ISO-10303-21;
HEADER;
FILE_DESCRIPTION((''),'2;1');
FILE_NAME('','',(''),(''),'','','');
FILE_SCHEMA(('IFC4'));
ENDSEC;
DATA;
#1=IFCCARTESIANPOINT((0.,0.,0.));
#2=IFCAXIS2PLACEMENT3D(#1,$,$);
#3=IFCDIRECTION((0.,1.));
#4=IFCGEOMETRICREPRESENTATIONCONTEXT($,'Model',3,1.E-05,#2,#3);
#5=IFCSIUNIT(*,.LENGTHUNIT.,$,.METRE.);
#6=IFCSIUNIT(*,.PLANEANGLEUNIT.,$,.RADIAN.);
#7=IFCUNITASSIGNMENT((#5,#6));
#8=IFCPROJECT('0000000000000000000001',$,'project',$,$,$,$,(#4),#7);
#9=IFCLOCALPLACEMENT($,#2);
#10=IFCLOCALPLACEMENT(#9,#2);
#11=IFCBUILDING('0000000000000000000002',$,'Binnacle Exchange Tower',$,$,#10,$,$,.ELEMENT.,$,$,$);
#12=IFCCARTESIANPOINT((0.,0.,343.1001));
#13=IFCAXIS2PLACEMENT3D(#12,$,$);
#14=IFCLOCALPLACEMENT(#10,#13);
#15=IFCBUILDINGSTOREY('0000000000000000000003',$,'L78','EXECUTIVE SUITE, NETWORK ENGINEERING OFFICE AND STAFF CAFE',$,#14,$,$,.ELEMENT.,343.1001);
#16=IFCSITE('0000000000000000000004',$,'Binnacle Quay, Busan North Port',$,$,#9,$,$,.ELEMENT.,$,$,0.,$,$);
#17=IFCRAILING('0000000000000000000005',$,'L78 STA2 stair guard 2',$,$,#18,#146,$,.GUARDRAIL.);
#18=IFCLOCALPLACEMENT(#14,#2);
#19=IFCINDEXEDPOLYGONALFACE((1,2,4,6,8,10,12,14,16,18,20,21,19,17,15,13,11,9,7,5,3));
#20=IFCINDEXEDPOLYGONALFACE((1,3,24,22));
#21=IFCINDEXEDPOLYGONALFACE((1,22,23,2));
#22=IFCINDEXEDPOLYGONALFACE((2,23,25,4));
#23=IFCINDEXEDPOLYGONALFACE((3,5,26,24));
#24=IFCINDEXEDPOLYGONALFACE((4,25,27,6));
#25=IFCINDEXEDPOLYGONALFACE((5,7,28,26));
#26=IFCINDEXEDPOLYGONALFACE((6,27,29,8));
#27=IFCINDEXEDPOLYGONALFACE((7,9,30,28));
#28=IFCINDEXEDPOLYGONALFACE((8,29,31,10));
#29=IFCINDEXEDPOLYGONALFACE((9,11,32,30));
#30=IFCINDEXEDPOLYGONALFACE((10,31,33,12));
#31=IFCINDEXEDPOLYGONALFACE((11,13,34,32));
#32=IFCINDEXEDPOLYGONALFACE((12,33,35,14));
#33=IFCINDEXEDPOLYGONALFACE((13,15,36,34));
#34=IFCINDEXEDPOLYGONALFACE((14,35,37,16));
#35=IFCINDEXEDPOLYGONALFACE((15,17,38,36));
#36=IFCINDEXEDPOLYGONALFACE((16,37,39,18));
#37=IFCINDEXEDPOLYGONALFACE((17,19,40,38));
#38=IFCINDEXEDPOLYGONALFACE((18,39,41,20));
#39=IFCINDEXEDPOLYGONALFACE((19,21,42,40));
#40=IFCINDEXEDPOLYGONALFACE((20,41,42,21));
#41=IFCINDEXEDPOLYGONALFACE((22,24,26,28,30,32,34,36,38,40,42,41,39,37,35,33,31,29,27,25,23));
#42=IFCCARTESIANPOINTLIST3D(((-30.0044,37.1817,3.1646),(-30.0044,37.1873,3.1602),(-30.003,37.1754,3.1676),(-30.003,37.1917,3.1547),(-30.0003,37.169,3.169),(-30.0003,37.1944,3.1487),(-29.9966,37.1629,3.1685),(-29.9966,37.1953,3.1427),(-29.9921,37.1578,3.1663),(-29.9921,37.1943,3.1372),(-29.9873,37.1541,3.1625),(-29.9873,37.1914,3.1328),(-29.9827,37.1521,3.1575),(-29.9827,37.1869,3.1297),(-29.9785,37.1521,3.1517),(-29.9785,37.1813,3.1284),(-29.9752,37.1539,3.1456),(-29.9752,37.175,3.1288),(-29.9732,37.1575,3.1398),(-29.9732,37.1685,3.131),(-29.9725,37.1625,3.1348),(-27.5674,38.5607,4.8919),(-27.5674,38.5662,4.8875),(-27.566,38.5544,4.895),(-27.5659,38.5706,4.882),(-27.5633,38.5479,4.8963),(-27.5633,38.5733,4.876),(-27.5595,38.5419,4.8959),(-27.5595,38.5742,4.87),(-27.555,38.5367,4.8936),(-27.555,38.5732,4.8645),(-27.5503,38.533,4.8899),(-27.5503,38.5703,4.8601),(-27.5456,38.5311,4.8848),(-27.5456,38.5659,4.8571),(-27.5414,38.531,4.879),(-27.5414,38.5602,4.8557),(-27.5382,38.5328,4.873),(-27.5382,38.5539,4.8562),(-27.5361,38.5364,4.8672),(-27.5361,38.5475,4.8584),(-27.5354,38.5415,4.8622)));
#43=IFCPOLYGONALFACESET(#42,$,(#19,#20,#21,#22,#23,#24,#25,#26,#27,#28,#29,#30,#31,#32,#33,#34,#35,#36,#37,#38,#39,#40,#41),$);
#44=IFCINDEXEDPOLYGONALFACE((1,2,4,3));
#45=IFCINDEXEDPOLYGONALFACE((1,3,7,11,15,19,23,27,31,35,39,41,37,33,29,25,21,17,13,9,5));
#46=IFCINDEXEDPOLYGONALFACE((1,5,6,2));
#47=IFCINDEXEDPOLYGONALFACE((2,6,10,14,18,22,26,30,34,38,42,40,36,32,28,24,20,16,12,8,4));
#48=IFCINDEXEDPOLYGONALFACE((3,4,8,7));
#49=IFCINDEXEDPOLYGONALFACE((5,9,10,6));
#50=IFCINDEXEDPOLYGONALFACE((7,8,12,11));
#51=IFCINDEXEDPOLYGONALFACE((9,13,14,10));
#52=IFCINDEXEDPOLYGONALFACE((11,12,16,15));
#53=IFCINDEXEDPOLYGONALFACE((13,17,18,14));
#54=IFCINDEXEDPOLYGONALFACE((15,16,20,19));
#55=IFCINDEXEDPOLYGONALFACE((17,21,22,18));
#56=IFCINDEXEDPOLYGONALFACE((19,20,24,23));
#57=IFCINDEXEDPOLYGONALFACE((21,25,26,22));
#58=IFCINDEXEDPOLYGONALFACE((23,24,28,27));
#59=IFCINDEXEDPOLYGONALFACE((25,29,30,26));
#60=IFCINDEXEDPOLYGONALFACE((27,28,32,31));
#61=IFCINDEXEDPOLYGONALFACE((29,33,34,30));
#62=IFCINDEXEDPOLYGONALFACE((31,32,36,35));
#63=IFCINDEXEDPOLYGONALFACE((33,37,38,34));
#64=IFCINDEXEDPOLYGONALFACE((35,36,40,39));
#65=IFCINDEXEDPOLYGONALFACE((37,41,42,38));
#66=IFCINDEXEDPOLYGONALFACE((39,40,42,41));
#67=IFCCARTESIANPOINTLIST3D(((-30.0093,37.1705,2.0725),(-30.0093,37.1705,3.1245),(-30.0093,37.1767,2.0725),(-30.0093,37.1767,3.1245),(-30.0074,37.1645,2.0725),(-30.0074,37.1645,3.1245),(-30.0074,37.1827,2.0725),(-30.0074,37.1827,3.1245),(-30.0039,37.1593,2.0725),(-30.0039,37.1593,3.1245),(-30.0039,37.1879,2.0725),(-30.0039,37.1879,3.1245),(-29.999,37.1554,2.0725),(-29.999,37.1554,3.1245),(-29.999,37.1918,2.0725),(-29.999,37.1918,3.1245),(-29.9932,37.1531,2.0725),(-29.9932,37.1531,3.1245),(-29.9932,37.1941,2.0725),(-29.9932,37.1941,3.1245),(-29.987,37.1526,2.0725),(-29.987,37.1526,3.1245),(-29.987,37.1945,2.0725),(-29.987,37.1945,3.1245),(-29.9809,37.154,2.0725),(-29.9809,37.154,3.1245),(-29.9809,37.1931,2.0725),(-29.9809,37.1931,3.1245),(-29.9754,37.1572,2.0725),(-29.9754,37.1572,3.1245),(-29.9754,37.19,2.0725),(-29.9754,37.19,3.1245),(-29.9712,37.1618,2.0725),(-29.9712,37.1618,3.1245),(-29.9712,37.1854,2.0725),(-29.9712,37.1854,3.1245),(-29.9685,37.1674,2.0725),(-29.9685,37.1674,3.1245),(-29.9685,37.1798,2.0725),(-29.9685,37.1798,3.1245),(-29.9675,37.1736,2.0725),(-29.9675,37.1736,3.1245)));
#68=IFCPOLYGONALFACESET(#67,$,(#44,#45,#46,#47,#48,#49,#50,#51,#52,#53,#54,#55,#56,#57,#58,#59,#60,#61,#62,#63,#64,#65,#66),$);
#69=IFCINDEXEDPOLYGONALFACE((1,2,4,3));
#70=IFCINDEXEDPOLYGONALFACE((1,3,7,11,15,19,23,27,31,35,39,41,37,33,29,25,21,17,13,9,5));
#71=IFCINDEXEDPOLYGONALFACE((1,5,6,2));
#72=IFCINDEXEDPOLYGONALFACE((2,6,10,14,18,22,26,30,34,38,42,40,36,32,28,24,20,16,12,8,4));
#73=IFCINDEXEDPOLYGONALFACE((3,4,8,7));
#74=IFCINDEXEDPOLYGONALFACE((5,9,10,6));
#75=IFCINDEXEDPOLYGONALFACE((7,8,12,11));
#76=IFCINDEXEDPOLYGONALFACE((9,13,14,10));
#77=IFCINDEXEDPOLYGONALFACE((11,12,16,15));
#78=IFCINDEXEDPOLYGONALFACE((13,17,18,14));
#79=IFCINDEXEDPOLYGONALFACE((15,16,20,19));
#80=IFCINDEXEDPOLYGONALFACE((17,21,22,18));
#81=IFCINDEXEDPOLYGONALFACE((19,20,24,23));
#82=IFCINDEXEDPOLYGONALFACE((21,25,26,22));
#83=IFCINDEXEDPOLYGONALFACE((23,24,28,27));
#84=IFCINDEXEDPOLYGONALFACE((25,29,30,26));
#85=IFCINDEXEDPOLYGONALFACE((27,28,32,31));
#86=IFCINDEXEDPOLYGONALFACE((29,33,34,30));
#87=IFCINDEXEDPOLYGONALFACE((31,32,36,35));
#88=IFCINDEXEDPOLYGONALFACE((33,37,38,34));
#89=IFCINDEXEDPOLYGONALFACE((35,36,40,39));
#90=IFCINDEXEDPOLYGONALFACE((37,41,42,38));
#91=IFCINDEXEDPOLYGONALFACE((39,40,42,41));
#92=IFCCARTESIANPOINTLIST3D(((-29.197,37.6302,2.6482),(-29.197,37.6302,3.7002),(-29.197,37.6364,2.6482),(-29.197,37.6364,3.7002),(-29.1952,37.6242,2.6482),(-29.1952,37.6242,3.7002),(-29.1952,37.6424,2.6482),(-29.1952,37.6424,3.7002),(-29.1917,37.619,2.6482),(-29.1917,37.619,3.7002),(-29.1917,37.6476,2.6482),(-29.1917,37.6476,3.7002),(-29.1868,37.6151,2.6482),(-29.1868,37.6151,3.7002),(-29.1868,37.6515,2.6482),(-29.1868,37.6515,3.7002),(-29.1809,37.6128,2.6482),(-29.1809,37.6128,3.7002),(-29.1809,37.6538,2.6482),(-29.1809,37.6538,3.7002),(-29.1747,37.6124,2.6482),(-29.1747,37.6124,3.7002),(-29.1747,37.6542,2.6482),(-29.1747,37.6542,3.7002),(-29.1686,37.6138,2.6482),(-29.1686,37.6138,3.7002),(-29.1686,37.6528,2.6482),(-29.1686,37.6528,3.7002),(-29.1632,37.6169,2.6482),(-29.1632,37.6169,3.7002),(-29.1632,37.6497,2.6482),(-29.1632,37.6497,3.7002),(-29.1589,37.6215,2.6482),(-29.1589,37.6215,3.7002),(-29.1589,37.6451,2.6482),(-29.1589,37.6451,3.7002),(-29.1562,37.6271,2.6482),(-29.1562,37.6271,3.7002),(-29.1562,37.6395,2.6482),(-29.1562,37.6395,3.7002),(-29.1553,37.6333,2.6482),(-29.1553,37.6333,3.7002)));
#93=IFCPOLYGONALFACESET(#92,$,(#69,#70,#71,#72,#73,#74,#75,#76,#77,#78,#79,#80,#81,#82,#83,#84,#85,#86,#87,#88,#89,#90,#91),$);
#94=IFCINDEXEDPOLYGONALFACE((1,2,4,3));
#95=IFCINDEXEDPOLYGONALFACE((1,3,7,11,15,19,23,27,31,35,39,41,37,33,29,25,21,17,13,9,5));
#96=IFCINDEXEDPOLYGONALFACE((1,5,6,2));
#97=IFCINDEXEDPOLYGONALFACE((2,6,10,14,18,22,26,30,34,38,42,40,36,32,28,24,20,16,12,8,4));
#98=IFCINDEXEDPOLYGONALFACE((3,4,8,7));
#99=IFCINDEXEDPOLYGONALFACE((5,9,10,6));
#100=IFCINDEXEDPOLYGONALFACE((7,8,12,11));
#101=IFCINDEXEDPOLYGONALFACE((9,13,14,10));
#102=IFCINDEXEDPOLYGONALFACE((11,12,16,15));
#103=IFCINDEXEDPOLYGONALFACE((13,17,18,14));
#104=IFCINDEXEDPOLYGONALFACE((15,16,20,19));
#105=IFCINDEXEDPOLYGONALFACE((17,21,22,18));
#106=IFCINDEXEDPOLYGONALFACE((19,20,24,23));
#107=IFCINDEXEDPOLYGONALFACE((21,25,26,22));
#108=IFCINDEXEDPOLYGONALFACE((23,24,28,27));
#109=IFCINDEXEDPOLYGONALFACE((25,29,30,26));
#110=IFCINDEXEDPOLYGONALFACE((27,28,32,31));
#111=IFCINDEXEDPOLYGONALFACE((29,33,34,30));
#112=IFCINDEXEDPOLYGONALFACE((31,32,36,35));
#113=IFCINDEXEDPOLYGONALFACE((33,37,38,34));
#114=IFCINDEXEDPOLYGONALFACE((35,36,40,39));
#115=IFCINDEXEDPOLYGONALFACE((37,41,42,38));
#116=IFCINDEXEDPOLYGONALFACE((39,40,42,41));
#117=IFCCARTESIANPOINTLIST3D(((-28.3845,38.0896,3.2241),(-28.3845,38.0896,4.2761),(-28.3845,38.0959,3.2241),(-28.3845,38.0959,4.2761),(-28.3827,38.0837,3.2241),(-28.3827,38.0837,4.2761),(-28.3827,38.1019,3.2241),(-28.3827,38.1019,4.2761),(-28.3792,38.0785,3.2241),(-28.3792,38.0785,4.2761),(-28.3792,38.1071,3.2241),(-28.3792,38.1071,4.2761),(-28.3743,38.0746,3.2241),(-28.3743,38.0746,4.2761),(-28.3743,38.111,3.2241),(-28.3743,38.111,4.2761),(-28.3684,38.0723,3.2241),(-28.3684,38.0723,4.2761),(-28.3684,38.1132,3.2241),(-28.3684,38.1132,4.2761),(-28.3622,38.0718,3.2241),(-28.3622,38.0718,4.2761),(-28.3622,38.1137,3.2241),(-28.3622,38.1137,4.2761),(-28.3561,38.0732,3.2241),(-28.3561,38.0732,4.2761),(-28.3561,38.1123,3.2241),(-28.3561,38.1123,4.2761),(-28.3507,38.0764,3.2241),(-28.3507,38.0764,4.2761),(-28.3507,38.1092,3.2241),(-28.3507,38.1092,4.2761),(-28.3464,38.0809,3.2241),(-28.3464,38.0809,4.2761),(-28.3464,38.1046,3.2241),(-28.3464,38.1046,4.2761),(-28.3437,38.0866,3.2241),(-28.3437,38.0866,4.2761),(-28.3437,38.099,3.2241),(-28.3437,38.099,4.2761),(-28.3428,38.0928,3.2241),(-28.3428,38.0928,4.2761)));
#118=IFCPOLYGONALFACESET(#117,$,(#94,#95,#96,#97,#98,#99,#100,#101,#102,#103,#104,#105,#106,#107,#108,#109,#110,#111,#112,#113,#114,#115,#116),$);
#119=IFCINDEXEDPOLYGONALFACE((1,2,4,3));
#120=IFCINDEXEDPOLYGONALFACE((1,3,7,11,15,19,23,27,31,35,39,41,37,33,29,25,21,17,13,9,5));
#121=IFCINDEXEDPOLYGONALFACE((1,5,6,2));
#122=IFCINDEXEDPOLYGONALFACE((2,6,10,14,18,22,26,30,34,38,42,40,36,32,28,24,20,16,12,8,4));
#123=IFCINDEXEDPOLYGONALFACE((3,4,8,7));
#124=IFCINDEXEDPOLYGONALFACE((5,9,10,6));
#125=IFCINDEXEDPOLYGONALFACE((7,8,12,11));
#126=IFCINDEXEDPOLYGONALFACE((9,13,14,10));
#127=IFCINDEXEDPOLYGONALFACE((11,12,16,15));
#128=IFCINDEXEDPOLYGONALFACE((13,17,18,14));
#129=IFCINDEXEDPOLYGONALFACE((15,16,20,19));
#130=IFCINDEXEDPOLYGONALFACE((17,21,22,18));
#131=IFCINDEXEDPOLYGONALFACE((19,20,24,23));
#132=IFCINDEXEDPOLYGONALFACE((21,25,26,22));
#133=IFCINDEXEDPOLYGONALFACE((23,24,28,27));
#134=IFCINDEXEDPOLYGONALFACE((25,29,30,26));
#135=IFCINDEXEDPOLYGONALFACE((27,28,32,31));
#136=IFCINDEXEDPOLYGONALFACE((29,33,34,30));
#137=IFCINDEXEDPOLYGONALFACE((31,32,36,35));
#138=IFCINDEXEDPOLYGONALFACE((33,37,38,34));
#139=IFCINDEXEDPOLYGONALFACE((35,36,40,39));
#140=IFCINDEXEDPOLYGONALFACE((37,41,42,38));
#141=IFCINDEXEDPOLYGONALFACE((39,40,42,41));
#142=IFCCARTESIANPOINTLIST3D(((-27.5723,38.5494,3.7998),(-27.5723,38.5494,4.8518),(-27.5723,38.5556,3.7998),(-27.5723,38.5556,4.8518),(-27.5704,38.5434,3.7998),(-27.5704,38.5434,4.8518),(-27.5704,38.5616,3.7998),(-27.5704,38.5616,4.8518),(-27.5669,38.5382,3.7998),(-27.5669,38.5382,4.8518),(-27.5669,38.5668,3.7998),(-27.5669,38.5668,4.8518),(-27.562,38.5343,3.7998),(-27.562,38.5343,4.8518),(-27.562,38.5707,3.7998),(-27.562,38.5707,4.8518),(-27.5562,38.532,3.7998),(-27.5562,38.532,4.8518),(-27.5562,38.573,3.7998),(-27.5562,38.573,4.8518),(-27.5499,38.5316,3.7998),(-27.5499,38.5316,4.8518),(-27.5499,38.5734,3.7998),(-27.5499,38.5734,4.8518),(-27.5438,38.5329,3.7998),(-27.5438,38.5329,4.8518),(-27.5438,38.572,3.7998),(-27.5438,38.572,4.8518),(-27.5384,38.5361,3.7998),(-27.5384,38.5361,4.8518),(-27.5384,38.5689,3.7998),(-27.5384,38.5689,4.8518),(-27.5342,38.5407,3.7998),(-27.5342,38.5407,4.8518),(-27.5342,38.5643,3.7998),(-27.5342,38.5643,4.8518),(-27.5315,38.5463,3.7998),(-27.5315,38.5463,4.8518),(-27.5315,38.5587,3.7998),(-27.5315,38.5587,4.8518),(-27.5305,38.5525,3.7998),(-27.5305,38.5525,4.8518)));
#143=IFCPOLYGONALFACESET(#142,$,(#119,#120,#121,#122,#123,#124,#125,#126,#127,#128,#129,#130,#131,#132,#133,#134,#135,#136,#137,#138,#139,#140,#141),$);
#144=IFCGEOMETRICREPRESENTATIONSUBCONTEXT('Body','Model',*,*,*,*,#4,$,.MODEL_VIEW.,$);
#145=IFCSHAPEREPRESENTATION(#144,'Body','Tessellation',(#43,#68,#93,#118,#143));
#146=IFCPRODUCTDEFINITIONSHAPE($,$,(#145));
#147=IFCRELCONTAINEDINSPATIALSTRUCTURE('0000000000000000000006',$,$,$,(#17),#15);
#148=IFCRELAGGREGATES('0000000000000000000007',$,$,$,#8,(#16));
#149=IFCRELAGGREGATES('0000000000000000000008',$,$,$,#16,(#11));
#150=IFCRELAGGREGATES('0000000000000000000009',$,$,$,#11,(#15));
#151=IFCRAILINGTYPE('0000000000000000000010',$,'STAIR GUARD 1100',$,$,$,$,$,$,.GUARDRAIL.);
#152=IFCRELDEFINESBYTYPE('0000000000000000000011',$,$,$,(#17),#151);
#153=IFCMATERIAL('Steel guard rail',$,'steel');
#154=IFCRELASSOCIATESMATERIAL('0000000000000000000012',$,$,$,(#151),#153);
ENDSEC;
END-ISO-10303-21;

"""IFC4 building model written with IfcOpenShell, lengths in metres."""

from ifc_helpers import new_model, si_unit, direction, frame, origin, origin_2d, place, context, subcontext, project, spatial, circle, extrude, material, type_object, element, save


model = new_model("IFC4")

# Units and contexts
model_context = context("Model", 3, precision=1e-05, world=origin(), true_north=direction((0.0, 1.0)))
body_context = subcontext(model_context, "Body", "Model", "MODEL_VIEW")
ifc_project = project(units=[si_unit("LENGTHUNIT", "METRE"), si_unit("PLANEANGLEUNIT", "RADIAN")], contexts=[model_context])

# Site, building, storey
site_placement = place(None, origin())
site = spatial("IfcSite", under=ifc_project, at=site_placement, Name="Binnacle Quay, Busan North Port", CompositionType="ELEMENT", RefElevation=0.0)
building_placement = place(site_placement, origin())
building = spatial("IfcBuilding", under=site, at=building_placement, Name="Binnacle Exchange Tower", CompositionType="ELEMENT")
storey_placement = place(building_placement, frame((0.0, 0.0, 343.1001)))
storey = spatial("IfcBuildingStorey", under=building, at=storey_placement, Name="L78", Description="EXECUTIVE SUITE, NETWORK ENGINEERING OFFICE AND STAFF CAFE", CompositionType="ELEMENT", Elevation=343.1001)

# Railing
ifc_material_1 = material(Name="Steel guard rail", Category="steel")
railing_type_1 = type_object("IfcRailingType", Name="STAIR GUARD 1100", PredefinedType="GUARDRAIL", material=ifc_material_1)
railing_1_placement = place(storey_placement, frame((-29.9885, 37.1736, 2.0725)))
element("IfcRailing", 1, at=railing_1_placement, inside=storey, type_object=railing_type_1, Name="L78 STA2 stair guard 2", PredefinedType="GUARDRAIL", context=body_context, shape_type="SweptSolid", body=[
    extrude(circle(Radius=0.0239, at=origin_2d()), frame((0.0, 0.0, 1.0762), z_axis=(0.740738, 0.419123, 0.525017), x_axis=(-0.492454, 0.870339, 0.0)), (0.0, 0.0, 1.0), 3.29),
    extrude(circle(Radius=0.021, at=origin_2d()), origin(), (0.0, 0.0, 1.0), 1.052),
    extrude(circle(Radius=0.021, at=origin_2d()), frame((0.8123, 0.4597, 0.5757)), (0.0, 0.0, 1.0), 1.052),
    extrude(circle(Radius=0.021, at=origin_2d()), frame((1.6248, 0.9192, 1.1516)), (0.0, 0.0, 1.0), 1.052),
    extrude(circle(Radius=0.021, at=origin_2d()), frame((2.437, 1.3789, 1.7273)), (0.0, 0.0, 1.0), 1.052),
])

save(model, "model.ifc")
